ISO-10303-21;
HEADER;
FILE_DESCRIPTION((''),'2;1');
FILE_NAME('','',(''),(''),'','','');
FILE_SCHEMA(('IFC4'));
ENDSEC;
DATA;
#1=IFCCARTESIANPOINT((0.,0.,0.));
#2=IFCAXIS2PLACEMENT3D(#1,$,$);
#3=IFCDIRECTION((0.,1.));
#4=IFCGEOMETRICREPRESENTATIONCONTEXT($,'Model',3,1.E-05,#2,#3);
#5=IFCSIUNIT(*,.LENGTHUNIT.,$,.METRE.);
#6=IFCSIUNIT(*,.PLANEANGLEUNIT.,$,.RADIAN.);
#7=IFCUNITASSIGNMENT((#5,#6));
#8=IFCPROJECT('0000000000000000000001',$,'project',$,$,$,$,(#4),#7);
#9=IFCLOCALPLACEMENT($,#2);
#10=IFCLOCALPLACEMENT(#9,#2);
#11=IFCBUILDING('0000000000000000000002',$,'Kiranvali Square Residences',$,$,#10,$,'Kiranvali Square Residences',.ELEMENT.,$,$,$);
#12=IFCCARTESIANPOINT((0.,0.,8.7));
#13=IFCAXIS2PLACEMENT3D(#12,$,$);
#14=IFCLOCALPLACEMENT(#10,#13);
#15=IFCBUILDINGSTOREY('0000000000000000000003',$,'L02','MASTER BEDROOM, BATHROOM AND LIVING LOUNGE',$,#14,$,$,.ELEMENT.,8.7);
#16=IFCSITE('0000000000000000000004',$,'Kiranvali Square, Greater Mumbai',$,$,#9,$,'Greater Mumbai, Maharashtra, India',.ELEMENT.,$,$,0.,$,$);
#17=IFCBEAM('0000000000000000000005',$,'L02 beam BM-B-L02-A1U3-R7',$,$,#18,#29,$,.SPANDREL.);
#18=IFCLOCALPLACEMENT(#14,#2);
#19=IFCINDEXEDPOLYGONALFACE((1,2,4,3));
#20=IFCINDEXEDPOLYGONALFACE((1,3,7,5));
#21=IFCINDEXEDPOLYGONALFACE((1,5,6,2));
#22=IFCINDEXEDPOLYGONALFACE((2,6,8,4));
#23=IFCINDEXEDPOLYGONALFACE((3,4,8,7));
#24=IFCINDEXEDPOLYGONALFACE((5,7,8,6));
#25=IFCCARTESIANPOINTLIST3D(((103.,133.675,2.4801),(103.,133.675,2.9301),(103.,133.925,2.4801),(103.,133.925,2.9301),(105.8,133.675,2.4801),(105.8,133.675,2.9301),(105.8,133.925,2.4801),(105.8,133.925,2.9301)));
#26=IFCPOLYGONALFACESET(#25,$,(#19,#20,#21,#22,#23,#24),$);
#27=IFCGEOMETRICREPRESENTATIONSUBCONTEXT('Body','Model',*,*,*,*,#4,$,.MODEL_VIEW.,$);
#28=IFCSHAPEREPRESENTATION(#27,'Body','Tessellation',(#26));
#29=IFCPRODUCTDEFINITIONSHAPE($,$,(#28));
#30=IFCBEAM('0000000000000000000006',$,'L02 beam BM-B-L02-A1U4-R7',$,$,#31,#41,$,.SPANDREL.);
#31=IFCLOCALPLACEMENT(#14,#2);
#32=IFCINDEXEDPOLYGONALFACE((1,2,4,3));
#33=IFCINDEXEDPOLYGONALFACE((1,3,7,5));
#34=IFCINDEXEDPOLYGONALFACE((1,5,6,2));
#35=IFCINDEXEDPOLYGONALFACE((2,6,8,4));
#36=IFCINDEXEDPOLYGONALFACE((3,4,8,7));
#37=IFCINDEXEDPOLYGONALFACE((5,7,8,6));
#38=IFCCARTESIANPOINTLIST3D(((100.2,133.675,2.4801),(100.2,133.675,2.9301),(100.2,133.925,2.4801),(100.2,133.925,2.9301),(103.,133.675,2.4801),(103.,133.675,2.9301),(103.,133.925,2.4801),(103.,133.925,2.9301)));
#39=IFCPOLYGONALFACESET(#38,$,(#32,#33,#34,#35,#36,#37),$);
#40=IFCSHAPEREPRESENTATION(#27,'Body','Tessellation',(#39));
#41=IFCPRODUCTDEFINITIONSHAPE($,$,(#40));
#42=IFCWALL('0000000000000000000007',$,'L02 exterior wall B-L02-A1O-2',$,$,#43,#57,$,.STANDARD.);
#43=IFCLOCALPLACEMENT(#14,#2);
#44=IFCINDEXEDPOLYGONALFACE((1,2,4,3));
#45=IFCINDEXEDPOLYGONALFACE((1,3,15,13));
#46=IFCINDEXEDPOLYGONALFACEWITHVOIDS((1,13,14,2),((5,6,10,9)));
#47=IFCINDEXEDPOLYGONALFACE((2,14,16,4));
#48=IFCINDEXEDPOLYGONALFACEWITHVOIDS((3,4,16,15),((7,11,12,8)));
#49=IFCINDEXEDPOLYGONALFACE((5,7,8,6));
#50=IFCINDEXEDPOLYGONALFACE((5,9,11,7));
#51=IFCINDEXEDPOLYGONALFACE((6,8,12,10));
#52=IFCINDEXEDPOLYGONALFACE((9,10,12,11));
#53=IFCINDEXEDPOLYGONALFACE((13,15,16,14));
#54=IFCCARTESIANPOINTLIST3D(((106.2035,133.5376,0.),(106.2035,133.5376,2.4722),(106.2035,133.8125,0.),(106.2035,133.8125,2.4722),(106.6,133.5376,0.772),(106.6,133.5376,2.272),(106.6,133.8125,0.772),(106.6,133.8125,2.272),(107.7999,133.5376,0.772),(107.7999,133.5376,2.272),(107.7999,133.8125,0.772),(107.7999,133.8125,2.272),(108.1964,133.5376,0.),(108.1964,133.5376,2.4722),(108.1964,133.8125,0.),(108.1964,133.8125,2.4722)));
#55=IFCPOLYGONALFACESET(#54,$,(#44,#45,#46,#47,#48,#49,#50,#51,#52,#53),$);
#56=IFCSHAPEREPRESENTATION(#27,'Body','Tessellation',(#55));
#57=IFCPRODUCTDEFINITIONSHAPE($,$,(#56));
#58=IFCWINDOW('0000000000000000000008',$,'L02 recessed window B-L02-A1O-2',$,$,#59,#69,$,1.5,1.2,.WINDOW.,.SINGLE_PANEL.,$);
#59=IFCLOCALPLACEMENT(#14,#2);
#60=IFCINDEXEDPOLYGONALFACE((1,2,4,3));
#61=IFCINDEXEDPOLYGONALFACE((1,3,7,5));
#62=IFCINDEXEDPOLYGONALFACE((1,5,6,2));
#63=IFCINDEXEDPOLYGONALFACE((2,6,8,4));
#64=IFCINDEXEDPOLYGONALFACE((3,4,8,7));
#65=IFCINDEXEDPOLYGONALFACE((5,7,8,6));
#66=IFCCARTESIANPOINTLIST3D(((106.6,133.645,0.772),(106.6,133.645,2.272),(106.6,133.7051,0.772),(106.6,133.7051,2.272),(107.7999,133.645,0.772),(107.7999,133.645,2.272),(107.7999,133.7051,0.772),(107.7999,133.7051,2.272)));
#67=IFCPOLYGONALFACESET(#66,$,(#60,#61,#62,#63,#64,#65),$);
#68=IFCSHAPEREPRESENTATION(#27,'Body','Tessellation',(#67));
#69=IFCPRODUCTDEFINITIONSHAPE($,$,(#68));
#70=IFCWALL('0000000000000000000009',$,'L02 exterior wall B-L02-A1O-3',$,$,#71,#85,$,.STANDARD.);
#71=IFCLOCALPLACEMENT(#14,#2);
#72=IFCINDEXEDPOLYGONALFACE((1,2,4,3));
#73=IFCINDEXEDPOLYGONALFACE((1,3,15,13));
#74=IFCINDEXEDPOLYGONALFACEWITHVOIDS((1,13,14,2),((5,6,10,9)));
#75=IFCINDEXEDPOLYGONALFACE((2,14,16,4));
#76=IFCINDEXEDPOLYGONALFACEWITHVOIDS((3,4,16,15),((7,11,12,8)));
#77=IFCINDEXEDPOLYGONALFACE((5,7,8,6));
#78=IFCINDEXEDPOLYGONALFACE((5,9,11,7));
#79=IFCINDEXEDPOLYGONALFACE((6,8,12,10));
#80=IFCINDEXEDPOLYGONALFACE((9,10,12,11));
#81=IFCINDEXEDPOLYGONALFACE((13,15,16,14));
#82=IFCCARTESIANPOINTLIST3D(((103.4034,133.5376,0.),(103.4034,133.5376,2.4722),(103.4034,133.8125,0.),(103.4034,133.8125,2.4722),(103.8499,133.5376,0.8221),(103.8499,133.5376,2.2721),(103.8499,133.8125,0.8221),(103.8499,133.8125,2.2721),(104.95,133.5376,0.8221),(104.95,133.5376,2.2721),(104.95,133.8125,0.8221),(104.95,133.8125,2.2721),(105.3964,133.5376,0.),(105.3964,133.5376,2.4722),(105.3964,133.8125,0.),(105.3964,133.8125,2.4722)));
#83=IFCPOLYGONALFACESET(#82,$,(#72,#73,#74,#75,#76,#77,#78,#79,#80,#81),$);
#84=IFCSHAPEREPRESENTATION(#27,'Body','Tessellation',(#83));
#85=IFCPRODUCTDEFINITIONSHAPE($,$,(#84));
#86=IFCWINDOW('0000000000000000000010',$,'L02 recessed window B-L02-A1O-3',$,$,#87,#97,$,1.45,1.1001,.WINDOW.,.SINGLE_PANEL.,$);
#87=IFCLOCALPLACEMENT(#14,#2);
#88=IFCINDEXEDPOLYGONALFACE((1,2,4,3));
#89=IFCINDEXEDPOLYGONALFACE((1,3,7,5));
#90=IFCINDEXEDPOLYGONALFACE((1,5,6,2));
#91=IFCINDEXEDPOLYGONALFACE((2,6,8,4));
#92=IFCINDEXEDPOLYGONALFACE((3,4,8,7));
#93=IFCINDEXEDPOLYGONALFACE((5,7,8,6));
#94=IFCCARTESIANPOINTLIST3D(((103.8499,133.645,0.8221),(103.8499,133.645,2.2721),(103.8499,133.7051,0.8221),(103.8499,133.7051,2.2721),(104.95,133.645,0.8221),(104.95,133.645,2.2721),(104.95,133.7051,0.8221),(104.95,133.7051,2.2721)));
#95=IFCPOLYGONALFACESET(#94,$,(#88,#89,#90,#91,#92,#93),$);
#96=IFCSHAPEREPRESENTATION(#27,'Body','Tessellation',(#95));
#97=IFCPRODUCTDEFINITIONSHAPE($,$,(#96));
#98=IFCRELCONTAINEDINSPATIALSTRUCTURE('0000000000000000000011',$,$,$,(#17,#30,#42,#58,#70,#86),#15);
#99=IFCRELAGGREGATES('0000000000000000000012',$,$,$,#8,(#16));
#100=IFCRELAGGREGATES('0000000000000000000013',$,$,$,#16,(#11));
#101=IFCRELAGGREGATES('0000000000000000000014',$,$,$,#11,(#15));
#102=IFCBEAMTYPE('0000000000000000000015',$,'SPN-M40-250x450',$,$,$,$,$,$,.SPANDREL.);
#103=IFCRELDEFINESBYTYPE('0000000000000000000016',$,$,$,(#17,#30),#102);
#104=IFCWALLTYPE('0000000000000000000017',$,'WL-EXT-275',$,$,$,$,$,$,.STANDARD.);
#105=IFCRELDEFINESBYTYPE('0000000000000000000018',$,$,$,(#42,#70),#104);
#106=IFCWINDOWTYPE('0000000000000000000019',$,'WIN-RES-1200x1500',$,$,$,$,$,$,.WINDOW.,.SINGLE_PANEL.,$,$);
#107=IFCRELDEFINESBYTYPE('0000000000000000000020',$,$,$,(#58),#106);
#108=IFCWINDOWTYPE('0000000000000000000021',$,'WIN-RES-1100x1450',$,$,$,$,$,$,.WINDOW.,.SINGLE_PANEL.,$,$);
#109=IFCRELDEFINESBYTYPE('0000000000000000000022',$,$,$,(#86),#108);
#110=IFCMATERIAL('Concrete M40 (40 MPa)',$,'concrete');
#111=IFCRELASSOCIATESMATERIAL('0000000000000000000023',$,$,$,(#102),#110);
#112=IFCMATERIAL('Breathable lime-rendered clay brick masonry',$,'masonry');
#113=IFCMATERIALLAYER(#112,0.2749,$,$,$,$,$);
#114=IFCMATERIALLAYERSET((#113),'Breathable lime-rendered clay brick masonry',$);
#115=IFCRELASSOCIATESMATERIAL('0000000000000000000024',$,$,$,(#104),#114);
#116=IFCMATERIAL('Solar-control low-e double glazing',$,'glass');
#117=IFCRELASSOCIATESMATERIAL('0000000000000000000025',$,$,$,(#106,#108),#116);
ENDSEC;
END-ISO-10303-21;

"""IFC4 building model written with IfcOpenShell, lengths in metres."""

from ifc_helpers import new_model, si_unit, direction, frame, frame_2d, origin, origin_2d, place, context, subcontext, project, spatial, rectangle, extrude, material, layer, layer_set, material_profile, profile_set, type_object, element, fill, save


model = new_model("IFC4")

# Units and contexts
model_context = context("Model", 3, precision=1e-05, world=origin(), true_north=direction((0.0, 1.0)))
body_context = subcontext(model_context, "Body", "Model", "MODEL_VIEW")
ifc_project = project(units=[si_unit("LENGTHUNIT", "METRE"), si_unit("PLANEANGLEUNIT", "RADIAN")], contexts=[model_context])

# Site, building, storey
site_placement = place(None, origin())
site = spatial("IfcSite", under=ifc_project, at=site_placement, Name="Kiranvali Square, Greater Mumbai", LongName="Greater Mumbai, Maharashtra, India", CompositionType="ELEMENT", RefElevation=0.0)
building_placement = place(site_placement, origin())
building = spatial("IfcBuilding", under=site, at=building_placement, Name="Kiranvali Square Residences", LongName="Kiranvali Square Residences", CompositionType="ELEMENT")
storey_placement = place(building_placement, frame((0.0, 0.0, 8.7)))
storey = spatial("IfcBuildingStorey", under=building, at=storey_placement, Name="L02", Description="MASTER BEDROOM, BATHROOM AND LIVING LOUNGE", CompositionType="ELEMENT", Elevation=8.7)

# Beams
ifc_material_1 = material(Name="Concrete M40 (40 MPa)", Category="concrete")
ifc_material_profile_1 = material_profile(ifc_material_1, rectangle(XDim=0.25, YDim=0.45, at=origin_2d()), Name="RC 250x450")
ifc_profile_set_1 = profile_set([ifc_material_profile_1], Name="Concrete M40 (40 MPa)")
beam_type_1 = type_object("IfcBeamType", Name="SPN-M40-250x450", PredefinedType="SPANDREL", material=ifc_profile_set_1)
for number, where, z_axis, x_axis, name in (
    (1, (105.8, 133.8, 2.7051), (-1.0, 0.0, 0.0), (0.0, -1.0, 0.0), "L02 beam BM-B-L02-A1U3-R7"),
    (2, (103.0, 133.8, 2.7051), (-1.0, 0.0, 0.0), (0.0, -1.0, 0.0), "L02 beam BM-B-L02-A1U4-R7"),
):
    element("IfcBeam", number, at=place(storey_placement, frame(where, z_axis=z_axis, x_axis=x_axis)), inside=storey, type_object=beam_type_1, Name=name, PredefinedType="SPANDREL", context=body_context, shape_type="SweptSolid", body=[
        extrude(rectangle(XDim=0.25, YDim=0.45, at=origin_2d()), origin(), (0.0, 0.0, 1.0), 2.8),
    ])

# Walls, openings, windows
ifc_material_2 = material(Name="Breathable lime-rendered clay brick masonry", Category="masonry")
ifc_layer = layer(ifc_material_2, 0.2749)
ifc_layer_set = layer_set([ifc_layer], Name="Breathable lime-rendered clay brick masonry")
wall_type = type_object("IfcWallType", Name="WL-EXT-275", PredefinedType="STANDARD", material=ifc_layer_set)
wall_1_placement = place(storey_placement, frame((108.1965, 133.675, 0.0), z_axis=(0.0, 0.0, 1.0), x_axis=(-1.0, 0.0, 0.0)))
wall_1 = element("IfcWall", 3, at=wall_1_placement, inside=storey, type_object=wall_type, Name="L02 exterior wall B-L02-A1O-2", PredefinedType="STANDARD", context=body_context, shape_type="SweptSolid", body=[
    extrude(rectangle(XDim=1.9929, YDim=0.2749, at=frame_2d((0.9966, 0.0))), origin(), (0.0, 0.0, 1.0), 2.4722),
])
opening_1_placement = place(wall_1_placement, frame((0.3965, 0.0, 0.772)))
opening_1 = element("IfcOpeningElement", 4, at=opening_1_placement, cuts=wall_1, PredefinedType="OPENING", context=body_context, shape_type="SweptSolid", body=[
    extrude(rectangle(XDim=1.2, YDim=1.5, at=frame_2d((0.6001, 0.75))), frame((0.0, 0.1475, 0.0), z_axis=(0.0, -1.0, 0.0), x_axis=(1.0, 0.0, 0.0)), (0.0, 0.0, 1.0), 0.2949),
])
ifc_material_3 = material(Name="Solar-control low-e double glazing", Category="glass")
window_type_1 = type_object("IfcWindowType", Name="WIN-RES-1200x1500", PartitioningType="SINGLE_PANEL", PredefinedType="WINDOW", material=ifc_material_3)
window_1_placement = place(opening_1_placement, origin())
window_1 = element("IfcWindow", 5, at=window_1_placement, inside=storey, type_object=window_type_1, Name="L02 recessed window B-L02-A1O-2", OverallHeight=1.5, OverallWidth=1.2, PartitioningType="SINGLE_PANEL", PredefinedType="WINDOW", context=body_context, shape_type="SweptSolid", body=[
    extrude(rectangle(XDim=1.2, YDim=1.5, at=frame_2d((0.6001, 0.75))), frame((0.0, 0.03, 0.0), z_axis=(0.0, -1.0, 0.0), x_axis=(1.0, 0.0, 0.0)), (0.0, 0.0, 1.0), 0.0601),
])
fill(opening_1, window_1)
wall_2_placement = place(storey_placement, frame((105.3965, 133.675, 0.0), z_axis=(0.0, 0.0, 1.0), x_axis=(-1.0, 0.0, 0.0)))
wall_2 = element("IfcWall", 6, at=wall_2_placement, inside=storey, type_object=wall_type, Name="L02 exterior wall B-L02-A1O-3", PredefinedType="STANDARD", context=body_context, shape_type="SweptSolid", body=[
    extrude(rectangle(XDim=1.9929, YDim=0.2749, at=frame_2d((0.9966, 0.0))), origin(), (0.0, 0.0, 1.0), 2.4722),
])
opening_2_placement = place(wall_2_placement, frame((0.4465, 0.0, 0.822)))
opening_2 = element("IfcOpeningElement", 7, at=opening_2_placement, cuts=wall_2, PredefinedType="OPENING", context=body_context, shape_type="SweptSolid", body=[
    extrude(rectangle(XDim=1.1001, YDim=1.45, at=frame_2d((0.55, 0.7251))), frame((0.0, 0.1475, 0.0), z_axis=(0.0, -1.0, 0.0), x_axis=(1.0, 0.0, 0.0)), (0.0, 0.0, 1.0), 0.2949),
])
window_type_2 = type_object("IfcWindowType", Name="WIN-RES-1100x1450", PartitioningType="SINGLE_PANEL", PredefinedType="WINDOW", material=ifc_material_3)
window_2_placement = place(opening_2_placement, origin())
window_2 = element("IfcWindow", 8, at=window_2_placement, inside=storey, type_object=window_type_2, Name="L02 recessed window B-L02-A1O-3", OverallHeight=1.45, OverallWidth=1.1001, PartitioningType="SINGLE_PANEL", PredefinedType="WINDOW", context=body_context, shape_type="SweptSolid", body=[
    extrude(rectangle(XDim=1.1001, YDim=1.45, at=frame_2d((0.55, 0.7251))), frame((0.0, 0.03, 0.0), z_axis=(0.0, -1.0, 0.0), x_axis=(1.0, 0.0, 0.0)), (0.0, 0.0, 1.0), 0.0601),
])
fill(opening_2, window_2)

save(model, "model.ifc")
